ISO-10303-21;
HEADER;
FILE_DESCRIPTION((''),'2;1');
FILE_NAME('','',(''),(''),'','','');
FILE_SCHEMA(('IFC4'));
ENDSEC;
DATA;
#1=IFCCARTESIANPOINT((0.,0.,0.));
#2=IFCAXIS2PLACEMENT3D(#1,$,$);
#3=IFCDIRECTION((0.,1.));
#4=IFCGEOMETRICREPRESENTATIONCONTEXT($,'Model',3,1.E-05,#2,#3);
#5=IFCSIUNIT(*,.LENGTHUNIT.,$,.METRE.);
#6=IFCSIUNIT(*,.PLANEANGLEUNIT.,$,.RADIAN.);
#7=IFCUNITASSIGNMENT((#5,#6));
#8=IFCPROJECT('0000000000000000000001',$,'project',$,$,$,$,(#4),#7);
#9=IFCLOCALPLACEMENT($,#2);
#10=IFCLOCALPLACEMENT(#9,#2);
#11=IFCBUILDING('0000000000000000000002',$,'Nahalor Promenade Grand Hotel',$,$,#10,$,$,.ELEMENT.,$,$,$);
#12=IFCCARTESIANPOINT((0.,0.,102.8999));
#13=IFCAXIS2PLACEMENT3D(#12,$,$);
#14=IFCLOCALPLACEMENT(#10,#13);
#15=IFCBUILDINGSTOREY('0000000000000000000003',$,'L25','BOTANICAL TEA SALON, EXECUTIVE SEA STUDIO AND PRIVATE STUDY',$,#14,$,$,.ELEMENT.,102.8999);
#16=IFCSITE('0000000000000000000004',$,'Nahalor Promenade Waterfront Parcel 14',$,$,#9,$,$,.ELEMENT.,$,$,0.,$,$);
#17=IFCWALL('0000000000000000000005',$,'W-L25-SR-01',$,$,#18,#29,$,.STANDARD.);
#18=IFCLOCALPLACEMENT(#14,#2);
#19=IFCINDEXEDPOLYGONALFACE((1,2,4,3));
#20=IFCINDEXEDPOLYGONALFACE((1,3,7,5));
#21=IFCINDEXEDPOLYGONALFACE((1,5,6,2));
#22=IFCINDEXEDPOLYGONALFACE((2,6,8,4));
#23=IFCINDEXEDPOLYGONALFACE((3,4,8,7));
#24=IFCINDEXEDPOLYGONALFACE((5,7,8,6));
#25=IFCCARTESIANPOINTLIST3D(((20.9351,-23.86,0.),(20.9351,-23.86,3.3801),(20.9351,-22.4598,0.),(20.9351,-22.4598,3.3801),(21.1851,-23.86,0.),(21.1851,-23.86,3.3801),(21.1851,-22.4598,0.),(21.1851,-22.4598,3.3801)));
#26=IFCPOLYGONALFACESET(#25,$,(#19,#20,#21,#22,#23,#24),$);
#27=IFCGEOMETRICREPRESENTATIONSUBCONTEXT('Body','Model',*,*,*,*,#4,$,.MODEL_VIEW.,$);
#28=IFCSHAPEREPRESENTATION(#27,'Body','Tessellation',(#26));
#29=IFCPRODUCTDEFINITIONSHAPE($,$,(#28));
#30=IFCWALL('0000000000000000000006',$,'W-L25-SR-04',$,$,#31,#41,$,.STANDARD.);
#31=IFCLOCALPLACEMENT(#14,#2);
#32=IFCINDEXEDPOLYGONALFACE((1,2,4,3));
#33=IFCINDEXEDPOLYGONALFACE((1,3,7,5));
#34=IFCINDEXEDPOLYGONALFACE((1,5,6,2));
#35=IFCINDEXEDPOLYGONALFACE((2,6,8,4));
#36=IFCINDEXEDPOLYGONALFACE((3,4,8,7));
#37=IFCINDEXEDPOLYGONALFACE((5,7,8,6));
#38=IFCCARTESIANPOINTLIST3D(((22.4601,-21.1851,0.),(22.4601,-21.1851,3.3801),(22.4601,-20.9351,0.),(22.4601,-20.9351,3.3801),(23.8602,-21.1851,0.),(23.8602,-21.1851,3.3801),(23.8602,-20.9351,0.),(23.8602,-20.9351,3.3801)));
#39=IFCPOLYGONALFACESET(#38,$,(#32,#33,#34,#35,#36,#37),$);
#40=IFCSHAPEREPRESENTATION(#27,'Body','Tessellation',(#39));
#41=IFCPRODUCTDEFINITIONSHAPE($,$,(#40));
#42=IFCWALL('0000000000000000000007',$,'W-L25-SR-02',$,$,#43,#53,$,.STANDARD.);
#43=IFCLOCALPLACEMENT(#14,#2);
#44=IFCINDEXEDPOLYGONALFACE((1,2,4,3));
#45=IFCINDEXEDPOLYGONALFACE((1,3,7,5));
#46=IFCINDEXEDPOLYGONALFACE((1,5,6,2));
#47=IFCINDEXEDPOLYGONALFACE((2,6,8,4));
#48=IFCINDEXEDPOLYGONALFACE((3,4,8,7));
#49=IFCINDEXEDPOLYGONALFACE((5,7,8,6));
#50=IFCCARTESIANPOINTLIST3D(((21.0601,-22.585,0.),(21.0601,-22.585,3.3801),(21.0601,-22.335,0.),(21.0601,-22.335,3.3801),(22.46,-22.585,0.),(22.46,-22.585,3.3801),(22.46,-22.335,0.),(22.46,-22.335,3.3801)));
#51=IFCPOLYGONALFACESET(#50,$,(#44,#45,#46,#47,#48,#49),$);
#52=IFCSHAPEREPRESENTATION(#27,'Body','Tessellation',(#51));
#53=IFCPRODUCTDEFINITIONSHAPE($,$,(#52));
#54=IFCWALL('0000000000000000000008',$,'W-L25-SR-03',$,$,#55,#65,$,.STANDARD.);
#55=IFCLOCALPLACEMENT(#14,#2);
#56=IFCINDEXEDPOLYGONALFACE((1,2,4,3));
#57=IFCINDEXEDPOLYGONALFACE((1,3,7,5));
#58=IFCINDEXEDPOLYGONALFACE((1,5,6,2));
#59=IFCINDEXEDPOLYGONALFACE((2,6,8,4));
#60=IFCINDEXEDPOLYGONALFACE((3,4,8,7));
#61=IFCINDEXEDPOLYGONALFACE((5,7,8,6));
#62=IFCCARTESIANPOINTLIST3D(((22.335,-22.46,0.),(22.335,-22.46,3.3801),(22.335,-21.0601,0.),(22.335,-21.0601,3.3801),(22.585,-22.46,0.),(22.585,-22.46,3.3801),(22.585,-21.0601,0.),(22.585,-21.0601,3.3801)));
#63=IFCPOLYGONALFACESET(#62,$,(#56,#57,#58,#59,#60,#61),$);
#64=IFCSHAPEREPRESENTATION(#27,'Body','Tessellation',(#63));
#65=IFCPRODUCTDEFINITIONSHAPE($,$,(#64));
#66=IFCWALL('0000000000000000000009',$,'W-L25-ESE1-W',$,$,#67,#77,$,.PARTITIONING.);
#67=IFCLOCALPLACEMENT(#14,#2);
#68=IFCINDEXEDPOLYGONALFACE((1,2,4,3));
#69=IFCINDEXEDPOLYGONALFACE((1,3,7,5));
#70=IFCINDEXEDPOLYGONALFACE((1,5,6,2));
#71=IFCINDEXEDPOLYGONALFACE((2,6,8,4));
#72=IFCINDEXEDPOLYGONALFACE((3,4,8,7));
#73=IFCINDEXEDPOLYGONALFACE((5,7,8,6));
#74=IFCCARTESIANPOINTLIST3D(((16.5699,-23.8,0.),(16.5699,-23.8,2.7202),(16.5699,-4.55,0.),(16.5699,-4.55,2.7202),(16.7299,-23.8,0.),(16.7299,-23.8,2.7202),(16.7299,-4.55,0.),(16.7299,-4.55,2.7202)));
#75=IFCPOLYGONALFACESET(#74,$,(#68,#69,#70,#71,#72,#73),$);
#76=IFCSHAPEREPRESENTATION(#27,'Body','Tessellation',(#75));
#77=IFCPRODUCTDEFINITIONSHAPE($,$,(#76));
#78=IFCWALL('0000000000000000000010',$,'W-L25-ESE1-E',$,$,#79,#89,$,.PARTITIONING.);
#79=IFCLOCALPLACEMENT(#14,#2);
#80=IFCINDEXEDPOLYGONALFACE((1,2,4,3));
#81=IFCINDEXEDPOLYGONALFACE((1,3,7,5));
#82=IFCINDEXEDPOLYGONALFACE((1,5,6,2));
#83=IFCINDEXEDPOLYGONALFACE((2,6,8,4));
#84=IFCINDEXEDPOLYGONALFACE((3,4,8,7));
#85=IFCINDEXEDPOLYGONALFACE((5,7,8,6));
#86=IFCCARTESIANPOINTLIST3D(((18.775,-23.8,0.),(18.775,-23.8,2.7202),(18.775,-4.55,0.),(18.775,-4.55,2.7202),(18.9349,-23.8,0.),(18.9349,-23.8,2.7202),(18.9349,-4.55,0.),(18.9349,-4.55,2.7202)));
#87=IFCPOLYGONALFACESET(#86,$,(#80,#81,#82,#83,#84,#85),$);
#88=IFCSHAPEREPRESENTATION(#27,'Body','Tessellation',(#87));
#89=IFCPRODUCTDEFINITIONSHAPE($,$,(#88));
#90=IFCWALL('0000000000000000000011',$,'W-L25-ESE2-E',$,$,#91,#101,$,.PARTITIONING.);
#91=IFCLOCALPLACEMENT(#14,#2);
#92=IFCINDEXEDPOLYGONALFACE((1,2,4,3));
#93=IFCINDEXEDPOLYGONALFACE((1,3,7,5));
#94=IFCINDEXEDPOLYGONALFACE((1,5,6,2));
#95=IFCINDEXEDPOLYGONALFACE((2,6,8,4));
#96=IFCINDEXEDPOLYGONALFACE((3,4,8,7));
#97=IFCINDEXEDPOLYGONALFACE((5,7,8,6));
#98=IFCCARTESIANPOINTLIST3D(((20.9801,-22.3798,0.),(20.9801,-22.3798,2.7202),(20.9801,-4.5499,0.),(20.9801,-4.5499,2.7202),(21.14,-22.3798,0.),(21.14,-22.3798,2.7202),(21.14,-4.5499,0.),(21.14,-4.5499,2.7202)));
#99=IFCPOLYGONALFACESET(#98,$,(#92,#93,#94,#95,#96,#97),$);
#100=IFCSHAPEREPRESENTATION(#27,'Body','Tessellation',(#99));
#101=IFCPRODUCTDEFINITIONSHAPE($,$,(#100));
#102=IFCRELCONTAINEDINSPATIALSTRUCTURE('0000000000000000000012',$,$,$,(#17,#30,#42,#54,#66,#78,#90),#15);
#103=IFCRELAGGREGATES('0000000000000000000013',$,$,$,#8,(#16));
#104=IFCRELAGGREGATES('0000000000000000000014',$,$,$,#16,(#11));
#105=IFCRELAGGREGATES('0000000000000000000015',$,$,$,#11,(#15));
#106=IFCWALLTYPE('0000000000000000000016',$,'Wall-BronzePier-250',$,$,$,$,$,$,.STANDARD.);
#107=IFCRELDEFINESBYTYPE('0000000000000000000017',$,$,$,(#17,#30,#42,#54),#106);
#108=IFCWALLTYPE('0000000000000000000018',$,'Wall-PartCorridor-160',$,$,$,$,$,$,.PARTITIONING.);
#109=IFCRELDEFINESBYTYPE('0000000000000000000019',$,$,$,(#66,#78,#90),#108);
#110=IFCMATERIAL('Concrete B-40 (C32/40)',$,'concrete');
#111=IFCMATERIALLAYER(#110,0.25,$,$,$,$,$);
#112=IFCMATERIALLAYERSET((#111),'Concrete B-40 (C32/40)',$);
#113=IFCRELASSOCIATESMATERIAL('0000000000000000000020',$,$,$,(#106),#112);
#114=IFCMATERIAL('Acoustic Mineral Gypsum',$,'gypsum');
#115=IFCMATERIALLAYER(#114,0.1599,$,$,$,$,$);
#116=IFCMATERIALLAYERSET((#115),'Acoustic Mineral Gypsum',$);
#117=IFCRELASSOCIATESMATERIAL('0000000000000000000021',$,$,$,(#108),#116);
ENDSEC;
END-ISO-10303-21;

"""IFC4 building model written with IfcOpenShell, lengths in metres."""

from ifc_helpers import new_model, si_unit, direction, frame, frame_2d, origin, place, context, subcontext, project, spatial, rectangle, extrude, source, transform, mapped, material, layer, layer_set, type_object, element, save


model = new_model("IFC4")

# Units and contexts
model_context = context("Model", 3, precision=1e-05, world=origin(), true_north=direction((0.0, 1.0)))
body_context = subcontext(model_context, "Body", "Model", "MODEL_VIEW")
ifc_project = project(units=[si_unit("LENGTHUNIT", "METRE"), si_unit("PLANEANGLEUNIT", "RADIAN")], contexts=[model_context])

# Site, building, storey
site_placement = place(None, origin())
site = spatial("IfcSite", under=ifc_project, at=site_placement, Name="Nahalor Promenade Waterfront Parcel 14", CompositionType="ELEMENT", RefElevation=0.0)
building_placement = place(site_placement, origin())
building = spatial("IfcBuilding", under=site, at=building_placement, Name="Nahalor Promenade Grand Hotel", CompositionType="ELEMENT")
storey_placement = place(building_placement, frame((0.0, 0.0, 102.8999)))
storey = spatial("IfcBuildingStorey", under=building, at=storey_placement, Name="L25", Description="BOTANICAL TEA SALON, EXECUTIVE SEA STUDIO AND PRIVATE STUDY", CompositionType="ELEMENT", Elevation=102.8999)

# Walls
ifc_material_1 = material(Name="Concrete B-40 (C32/40)", Category="concrete")
ifc_layer_1 = layer(ifc_material_1, 0.25)
ifc_layer_set_1 = layer_set([ifc_layer_1], Name="Concrete B-40 (C32/40)")
wall_type_1 = type_object("IfcWallType", Name="Wall-BronzePier-250", PredefinedType="STANDARD", material=ifc_layer_set_1)
shared_shape_1 = source(origin(), body_context, "Body", "SweptSolid", [
    extrude(rectangle(XDim=1.4001, YDim=0.25, at=frame_2d((0.7002, 0.0))), origin(), (0.0, 0.0, 1.0), 3.3801),
])
for number, where, z_axis, x_axis, name in (
    (1, (21.0601, -23.8601, 0.0), (0.0, 0.0, 1.0), (0.0, 1.0, 0.0), "W-L25-SR-01"),
    (2, (22.46, -21.0601, 0.0), (0.0, 0.0, 1.0), (1.0, 0.0, 0.0), "W-L25-SR-04"),
):
    element("IfcWall", number, at=place(storey_placement, frame(where, z_axis=z_axis, x_axis=x_axis)), inside=storey, type_object=wall_type_1, Name=name, PredefinedType="STANDARD", context=body_context, shape_type="MappedRepresentation", body=[
        mapped(shared_shape_1, transform((0.0, 0.0, 0.0), scale=1.0)),
    ])
shared_shape_2 = source(origin(), body_context, "Body", "SweptSolid", [
    extrude(rectangle(XDim=1.3999, YDim=0.25, at=frame_2d((0.7, 0.0))), origin(), (0.0, 0.0, 1.0), 3.3801),
])
for number, where, z_axis, x_axis, name in (
    (3, (21.0601, -22.46, 0.0), (0.0, 0.0, 1.0), (1.0, 0.0, 0.0), "W-L25-SR-02"),
    (4, (22.46, -22.46, 0.0), (0.0, 0.0, 1.0), (0.0, 1.0, 0.0), "W-L25-SR-03"),
):
    element("IfcWall", number, at=place(storey_placement, frame(where, z_axis=z_axis, x_axis=x_axis)), inside=storey, type_object=wall_type_1, Name=name, PredefinedType="STANDARD", context=body_context, shape_type="MappedRepresentation", body=[
        mapped(shared_shape_2, transform((0.0, 0.0, 0.0), scale=1.0)),
    ])
ifc_material_2 = material(Name="Acoustic Mineral Gypsum", Category="gypsum")
ifc_layer_2 = layer(ifc_material_2, 0.1599)
ifc_layer_set_2 = layer_set([ifc_layer_2], Name="Acoustic Mineral Gypsum")
wall_type_2 = type_object("IfcWallType", Name="Wall-PartCorridor-160", PredefinedType="PARTITIONING", material=ifc_layer_set_2)
shared_shape_3 = source(origin(), body_context, "Body", "SweptSolid", [
    extrude(rectangle(XDim=19.25, YDim=0.1599, at=frame_2d((9.625, 0.0))), origin(), (0.0, 0.0, 1.0), 2.7202),
])
for number, where, z_axis, x_axis, name in (
    (5, (16.6499, -23.8, 0.0), (0.0, 0.0, 1.0), (0.0, 1.0, 0.0), "W-L25-ESE1-W"),
    (6, (18.855, -23.8, 0.0), (0.0, 0.0, 1.0), (0.0, 1.0, 0.0), "W-L25-ESE1-E"),
):
    element("IfcWall", number, at=place(storey_placement, frame(where, z_axis=z_axis, x_axis=x_axis)), inside=storey, type_object=wall_type_2, Name=name, PredefinedType="PARTITIONING", context=body_context, shape_type="MappedRepresentation", body=[
        mapped(shared_shape_3, transform((0.0, 0.0, 0.0), scale=1.0)),
    ])
shared_shape_4 = source(origin(), body_context, "Body", "SweptSolid", [
    extrude(rectangle(XDim=17.8298, YDim=0.1599, at=frame_2d((8.915, 0.0))), origin(), (0.0, 0.0, 1.0), 2.7202),
])
wall_1_placement = place(storey_placement, frame((21.0601, -22.3799, 0.0), z_axis=(0.0, 0.0, 1.0), x_axis=(0.0, 1.0, 0.0)))
element("IfcWall", 7, at=wall_1_placement, inside=storey, type_object=wall_type_2, Name="W-L25-ESE2-E", PredefinedType="PARTITIONING", context=body_context, shape_type="MappedRepresentation", body=[
    mapped(shared_shape_4, transform((0.0, 0.0, 0.0), scale=1.0)),
])

save(model, "model.ifc")
